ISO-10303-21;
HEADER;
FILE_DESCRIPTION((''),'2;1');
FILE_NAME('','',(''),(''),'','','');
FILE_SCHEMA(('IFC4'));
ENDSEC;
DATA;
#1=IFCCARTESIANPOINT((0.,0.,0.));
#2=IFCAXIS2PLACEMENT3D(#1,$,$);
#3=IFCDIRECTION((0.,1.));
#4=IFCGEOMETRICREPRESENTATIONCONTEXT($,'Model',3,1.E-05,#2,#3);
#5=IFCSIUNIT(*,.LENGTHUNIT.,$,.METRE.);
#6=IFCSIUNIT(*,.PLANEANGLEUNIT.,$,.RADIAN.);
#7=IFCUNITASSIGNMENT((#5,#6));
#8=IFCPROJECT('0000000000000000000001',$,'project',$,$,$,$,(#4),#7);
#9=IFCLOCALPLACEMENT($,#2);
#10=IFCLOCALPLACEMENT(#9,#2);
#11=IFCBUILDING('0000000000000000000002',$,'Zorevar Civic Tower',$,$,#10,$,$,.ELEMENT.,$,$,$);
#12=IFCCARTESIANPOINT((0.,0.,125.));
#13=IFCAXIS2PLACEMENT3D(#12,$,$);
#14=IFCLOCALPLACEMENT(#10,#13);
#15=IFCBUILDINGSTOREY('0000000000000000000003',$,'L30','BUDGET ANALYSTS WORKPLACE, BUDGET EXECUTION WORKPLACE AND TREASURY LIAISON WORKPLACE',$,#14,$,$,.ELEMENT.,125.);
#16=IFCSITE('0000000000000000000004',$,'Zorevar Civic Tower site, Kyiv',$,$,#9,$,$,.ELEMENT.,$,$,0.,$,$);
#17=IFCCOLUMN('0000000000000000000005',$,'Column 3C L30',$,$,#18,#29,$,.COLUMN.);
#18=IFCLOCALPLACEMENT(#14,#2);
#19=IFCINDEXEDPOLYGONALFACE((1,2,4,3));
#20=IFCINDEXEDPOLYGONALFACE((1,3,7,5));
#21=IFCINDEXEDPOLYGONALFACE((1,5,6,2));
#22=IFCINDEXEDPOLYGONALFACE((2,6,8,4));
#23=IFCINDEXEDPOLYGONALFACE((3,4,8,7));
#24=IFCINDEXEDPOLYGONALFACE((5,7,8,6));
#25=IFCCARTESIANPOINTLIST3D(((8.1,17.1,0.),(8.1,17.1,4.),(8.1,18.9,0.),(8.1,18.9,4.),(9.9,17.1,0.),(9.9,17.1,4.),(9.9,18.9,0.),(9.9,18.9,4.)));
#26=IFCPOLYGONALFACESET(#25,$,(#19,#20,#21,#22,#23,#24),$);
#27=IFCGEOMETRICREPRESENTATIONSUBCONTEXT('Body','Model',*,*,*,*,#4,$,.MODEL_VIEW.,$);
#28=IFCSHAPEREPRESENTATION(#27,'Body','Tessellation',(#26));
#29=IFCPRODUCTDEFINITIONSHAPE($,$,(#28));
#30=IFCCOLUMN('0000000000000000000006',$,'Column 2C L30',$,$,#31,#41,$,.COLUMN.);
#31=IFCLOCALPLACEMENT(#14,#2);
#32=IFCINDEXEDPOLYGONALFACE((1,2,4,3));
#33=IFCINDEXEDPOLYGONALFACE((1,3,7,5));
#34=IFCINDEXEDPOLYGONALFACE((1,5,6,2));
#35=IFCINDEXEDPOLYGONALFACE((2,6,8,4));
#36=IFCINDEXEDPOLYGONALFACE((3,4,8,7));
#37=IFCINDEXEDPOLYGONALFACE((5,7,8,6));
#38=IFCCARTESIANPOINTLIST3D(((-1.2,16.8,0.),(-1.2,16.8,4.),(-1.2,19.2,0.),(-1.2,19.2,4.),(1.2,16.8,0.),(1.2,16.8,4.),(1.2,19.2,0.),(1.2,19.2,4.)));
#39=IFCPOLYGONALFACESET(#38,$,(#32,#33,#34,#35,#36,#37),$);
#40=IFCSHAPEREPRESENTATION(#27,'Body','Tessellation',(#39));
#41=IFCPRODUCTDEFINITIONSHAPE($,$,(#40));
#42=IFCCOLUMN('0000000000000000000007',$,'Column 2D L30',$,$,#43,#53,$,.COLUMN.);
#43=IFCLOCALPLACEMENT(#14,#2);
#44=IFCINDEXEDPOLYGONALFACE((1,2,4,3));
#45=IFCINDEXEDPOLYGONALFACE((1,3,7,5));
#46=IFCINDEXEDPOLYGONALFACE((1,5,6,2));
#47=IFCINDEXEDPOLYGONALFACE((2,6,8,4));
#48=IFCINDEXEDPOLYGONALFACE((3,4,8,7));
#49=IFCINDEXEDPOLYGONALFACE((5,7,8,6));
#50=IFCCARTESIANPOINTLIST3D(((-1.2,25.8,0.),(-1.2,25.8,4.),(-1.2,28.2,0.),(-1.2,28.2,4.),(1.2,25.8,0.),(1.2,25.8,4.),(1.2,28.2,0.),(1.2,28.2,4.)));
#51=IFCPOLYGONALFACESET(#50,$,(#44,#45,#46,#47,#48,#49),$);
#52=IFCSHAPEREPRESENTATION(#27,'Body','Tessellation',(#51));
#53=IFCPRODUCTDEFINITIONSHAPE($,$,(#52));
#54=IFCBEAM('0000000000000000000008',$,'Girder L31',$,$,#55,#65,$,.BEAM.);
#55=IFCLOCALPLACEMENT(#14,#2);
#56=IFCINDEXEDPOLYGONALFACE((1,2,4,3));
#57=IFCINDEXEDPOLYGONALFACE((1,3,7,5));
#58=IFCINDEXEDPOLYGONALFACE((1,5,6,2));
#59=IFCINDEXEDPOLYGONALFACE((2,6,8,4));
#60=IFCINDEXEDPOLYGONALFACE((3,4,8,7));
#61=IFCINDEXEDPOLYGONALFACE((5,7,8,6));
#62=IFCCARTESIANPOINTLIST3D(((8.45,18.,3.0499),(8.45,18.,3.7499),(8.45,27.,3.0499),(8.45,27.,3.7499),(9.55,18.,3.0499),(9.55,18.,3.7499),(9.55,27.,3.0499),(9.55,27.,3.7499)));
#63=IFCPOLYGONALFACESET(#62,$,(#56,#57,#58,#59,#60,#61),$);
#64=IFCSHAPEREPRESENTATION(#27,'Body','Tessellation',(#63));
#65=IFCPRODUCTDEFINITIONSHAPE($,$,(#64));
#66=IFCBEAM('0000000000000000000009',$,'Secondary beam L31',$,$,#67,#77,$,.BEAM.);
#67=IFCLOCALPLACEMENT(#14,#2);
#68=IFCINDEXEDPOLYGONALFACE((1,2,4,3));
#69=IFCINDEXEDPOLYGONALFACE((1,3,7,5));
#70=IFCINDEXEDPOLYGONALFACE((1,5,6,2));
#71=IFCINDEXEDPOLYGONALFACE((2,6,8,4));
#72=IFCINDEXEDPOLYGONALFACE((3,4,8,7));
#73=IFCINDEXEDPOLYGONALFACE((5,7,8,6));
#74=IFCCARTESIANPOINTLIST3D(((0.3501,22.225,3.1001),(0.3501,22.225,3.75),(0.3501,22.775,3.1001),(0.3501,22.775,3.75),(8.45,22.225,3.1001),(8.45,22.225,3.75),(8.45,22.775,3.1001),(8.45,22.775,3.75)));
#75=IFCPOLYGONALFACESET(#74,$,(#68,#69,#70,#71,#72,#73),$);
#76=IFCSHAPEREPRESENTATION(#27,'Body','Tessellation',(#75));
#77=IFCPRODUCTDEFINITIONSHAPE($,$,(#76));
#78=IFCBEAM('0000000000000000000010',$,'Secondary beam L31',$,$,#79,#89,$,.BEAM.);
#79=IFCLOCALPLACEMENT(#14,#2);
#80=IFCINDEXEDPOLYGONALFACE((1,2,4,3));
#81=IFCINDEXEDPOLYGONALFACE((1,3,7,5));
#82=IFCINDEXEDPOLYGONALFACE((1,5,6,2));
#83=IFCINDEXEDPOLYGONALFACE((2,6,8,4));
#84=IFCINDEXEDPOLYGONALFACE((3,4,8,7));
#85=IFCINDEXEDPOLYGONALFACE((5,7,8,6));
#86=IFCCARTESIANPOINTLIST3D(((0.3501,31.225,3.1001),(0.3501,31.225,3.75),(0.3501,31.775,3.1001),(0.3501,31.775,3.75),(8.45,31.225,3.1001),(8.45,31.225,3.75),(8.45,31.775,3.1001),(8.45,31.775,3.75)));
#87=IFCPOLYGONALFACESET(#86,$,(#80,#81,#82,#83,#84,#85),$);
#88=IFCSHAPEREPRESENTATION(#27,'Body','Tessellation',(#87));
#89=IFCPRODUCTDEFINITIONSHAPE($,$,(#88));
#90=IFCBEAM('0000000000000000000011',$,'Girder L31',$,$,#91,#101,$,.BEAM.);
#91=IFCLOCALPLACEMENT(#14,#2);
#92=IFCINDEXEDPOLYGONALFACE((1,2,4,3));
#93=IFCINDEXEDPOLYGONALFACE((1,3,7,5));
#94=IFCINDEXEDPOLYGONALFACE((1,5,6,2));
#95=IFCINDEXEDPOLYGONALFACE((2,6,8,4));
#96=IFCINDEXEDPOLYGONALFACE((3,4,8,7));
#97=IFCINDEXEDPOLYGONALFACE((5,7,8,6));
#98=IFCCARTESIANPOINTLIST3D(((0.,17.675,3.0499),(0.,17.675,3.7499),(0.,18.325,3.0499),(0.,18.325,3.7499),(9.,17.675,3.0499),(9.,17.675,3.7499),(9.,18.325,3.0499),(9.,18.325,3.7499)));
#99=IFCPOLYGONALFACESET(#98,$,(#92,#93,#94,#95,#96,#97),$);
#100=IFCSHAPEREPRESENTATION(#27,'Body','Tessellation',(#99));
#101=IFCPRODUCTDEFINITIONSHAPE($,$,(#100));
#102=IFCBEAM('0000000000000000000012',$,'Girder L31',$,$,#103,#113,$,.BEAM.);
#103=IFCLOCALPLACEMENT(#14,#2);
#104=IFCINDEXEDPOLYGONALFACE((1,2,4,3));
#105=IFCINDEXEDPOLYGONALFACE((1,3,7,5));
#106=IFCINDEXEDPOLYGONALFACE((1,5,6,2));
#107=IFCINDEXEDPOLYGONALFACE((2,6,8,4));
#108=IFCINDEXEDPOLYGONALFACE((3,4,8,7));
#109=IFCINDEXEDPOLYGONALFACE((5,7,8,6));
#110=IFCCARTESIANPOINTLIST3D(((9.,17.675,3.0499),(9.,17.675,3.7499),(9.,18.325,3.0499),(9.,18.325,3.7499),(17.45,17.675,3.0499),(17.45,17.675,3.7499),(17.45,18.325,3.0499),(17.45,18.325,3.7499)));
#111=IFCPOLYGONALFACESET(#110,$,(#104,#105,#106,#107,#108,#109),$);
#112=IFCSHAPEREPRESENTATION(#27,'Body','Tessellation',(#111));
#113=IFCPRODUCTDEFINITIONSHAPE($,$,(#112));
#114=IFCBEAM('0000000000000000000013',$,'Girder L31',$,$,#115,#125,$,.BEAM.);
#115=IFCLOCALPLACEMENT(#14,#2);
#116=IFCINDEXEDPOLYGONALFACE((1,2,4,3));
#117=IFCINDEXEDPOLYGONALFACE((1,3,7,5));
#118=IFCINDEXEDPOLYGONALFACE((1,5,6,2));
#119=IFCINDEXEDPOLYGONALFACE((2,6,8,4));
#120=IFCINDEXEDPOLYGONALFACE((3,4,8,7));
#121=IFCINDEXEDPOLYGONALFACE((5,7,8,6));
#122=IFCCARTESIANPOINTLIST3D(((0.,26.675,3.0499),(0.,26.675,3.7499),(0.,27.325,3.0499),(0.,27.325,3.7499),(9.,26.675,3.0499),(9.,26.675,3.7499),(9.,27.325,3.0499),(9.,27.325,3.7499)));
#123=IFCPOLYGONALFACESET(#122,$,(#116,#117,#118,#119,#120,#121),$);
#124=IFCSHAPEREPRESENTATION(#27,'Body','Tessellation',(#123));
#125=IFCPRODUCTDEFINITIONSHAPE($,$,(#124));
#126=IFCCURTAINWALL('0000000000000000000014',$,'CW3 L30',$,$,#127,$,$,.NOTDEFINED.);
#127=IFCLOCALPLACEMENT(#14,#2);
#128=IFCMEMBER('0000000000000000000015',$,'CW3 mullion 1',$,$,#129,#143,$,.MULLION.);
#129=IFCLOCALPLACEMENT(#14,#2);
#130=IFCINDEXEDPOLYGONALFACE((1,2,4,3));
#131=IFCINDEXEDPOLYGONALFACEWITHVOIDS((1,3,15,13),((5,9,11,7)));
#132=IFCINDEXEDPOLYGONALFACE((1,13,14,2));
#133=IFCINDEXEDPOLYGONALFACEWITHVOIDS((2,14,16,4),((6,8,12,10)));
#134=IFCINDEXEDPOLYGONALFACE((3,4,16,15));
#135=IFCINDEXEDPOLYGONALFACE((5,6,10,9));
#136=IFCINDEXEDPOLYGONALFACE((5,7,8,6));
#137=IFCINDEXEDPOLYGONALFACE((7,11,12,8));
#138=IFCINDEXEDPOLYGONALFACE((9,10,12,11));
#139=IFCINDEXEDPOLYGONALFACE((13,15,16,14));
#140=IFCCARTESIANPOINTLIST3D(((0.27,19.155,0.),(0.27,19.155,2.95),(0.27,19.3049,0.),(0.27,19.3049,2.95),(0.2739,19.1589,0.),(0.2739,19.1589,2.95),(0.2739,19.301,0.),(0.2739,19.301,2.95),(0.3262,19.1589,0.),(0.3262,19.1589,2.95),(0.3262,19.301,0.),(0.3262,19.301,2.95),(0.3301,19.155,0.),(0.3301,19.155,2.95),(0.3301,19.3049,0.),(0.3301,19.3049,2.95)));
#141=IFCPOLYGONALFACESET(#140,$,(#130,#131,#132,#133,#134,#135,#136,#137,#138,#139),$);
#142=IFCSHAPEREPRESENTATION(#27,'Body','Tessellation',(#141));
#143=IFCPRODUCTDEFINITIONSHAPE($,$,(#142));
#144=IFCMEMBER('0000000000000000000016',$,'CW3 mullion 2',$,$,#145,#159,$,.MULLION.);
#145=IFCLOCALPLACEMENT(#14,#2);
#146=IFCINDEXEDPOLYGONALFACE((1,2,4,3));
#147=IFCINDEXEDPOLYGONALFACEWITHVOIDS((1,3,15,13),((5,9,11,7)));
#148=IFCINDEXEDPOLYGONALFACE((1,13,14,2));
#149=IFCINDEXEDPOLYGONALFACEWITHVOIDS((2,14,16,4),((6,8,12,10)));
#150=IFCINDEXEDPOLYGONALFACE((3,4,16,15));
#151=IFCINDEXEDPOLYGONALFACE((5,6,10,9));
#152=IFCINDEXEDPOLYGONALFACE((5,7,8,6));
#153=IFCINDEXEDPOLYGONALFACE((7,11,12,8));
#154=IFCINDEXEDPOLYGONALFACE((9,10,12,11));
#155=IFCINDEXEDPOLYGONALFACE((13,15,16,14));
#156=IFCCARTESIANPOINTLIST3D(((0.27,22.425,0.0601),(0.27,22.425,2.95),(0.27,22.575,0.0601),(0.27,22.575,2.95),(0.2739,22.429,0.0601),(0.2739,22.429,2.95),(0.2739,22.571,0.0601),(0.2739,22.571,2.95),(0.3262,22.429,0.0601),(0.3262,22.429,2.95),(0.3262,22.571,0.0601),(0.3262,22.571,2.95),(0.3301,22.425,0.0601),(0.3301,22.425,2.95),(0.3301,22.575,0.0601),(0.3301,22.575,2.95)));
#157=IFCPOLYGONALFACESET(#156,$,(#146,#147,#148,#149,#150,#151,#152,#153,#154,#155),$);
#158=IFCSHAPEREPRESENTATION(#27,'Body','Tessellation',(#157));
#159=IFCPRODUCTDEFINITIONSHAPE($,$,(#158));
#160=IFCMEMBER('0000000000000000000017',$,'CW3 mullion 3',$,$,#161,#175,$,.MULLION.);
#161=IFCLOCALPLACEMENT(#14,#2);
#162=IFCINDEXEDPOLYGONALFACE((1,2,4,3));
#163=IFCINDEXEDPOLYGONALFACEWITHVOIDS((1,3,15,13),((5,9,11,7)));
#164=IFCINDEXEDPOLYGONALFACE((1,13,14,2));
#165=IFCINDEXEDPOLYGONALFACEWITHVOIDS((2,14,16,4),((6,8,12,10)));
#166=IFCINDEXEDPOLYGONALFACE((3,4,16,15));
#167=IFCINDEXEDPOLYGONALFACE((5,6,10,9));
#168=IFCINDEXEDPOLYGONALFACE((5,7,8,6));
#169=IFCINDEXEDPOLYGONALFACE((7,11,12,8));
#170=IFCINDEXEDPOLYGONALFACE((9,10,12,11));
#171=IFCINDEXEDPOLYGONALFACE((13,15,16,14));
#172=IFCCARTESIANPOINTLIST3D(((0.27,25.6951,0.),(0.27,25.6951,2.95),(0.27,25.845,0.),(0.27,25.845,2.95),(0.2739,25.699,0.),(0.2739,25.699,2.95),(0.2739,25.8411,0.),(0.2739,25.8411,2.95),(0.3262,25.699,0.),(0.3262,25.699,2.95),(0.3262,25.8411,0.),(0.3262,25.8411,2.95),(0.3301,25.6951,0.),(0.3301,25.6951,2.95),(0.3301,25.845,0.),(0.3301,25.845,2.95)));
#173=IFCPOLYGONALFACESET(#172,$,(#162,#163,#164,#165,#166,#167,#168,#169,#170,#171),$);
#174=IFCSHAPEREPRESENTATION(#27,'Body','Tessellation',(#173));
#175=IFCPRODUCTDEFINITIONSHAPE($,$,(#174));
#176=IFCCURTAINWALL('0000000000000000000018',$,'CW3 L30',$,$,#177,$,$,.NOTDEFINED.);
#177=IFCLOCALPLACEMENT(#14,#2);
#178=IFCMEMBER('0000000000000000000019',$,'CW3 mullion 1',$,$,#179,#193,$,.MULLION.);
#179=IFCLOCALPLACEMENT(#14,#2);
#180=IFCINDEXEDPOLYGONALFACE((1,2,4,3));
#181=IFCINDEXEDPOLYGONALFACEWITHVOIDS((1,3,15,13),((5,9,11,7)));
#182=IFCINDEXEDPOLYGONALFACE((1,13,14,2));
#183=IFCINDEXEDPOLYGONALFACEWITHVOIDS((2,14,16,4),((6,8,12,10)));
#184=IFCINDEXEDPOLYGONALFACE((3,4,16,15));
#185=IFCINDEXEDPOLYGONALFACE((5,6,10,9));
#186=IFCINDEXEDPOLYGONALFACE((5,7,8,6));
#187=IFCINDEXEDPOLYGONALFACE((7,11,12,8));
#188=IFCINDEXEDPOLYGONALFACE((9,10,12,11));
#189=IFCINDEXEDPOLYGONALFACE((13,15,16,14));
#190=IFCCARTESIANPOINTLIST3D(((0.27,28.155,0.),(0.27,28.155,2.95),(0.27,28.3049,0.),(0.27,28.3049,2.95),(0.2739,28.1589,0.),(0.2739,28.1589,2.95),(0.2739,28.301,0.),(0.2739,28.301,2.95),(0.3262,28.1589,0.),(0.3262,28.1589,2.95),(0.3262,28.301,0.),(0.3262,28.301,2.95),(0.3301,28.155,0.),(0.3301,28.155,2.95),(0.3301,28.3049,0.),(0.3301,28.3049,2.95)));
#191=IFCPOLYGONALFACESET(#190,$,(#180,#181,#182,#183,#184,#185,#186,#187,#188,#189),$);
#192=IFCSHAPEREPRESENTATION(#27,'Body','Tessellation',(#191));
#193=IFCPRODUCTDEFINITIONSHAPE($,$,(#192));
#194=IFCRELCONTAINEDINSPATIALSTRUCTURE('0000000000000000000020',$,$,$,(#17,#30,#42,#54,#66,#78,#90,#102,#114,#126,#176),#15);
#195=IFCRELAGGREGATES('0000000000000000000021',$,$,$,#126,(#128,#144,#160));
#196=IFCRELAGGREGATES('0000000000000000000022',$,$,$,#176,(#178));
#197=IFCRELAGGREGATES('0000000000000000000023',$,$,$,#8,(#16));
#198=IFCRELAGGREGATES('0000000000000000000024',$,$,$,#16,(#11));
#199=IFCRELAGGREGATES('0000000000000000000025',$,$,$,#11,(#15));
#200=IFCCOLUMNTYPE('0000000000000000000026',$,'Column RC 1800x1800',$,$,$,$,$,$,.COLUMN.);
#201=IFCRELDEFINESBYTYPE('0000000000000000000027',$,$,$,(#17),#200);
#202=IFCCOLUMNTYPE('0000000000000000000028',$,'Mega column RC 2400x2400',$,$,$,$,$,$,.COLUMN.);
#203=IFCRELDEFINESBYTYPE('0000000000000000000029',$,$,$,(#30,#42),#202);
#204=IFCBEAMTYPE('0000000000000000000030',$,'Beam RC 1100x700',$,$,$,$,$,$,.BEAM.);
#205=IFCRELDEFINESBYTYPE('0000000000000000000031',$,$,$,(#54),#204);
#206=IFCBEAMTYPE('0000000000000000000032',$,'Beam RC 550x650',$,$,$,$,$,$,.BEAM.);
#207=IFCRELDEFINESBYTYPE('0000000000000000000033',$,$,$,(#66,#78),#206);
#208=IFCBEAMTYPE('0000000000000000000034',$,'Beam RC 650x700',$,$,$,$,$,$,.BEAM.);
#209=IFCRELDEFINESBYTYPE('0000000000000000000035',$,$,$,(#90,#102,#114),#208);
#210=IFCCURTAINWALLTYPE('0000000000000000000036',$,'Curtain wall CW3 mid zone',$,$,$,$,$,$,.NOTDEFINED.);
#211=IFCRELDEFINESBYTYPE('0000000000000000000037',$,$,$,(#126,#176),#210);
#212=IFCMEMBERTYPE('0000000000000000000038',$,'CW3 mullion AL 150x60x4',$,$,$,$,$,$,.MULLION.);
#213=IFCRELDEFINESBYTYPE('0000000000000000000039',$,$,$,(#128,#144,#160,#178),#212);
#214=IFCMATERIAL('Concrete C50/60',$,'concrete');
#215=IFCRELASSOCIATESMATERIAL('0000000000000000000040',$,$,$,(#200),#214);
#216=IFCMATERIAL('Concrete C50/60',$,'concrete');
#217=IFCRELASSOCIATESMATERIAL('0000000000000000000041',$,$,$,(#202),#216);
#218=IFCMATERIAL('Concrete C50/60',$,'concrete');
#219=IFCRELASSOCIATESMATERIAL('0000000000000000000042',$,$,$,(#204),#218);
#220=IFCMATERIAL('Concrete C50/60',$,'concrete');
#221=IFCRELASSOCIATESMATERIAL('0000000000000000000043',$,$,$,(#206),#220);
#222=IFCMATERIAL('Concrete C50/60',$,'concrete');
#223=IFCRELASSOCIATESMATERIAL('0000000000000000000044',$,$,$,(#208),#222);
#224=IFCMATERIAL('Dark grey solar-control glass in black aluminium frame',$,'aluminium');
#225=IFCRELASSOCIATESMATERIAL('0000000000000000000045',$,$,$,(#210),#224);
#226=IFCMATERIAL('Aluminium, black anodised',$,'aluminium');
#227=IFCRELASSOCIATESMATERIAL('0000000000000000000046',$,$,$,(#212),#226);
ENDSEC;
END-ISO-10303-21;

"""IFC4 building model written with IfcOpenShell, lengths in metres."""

from ifc_helpers import new_model, si_unit, direction, frame, origin, origin_2d, place, context, subcontext, project, spatial, rectangle, hollow_rectangle, extrude, material, material_profile, profile_set, type_object, element, aggregate, save


model = new_model("IFC4")

# Units and contexts
model_context = context("Model", 3, precision=1e-05, world=origin(), true_north=direction((0.0, 1.0)))
body_context = subcontext(model_context, "Body", "Model", "MODEL_VIEW")
ifc_project = project(units=[si_unit("LENGTHUNIT", "METRE"), si_unit("PLANEANGLEUNIT", "RADIAN")], contexts=[model_context])

# Site, building, storey
site_placement = place(None, origin())
site = spatial("IfcSite", under=ifc_project, at=site_placement, Name="Zorevar Civic Tower site, Kyiv", CompositionType="ELEMENT", RefElevation=0.0)
building_placement = place(site_placement, origin())
building = spatial("IfcBuilding", under=site, at=building_placement, Name="Zorevar Civic Tower", CompositionType="ELEMENT")
storey_placement = place(building_placement, frame((0.0, 0.0, 125.0)))
storey = spatial("IfcBuildingStorey", under=building, at=storey_placement, Name="L30", Description="BUDGET ANALYSTS WORKPLACE, BUDGET EXECUTION WORKPLACE AND TREASURY LIAISON WORKPLACE", CompositionType="ELEMENT", Elevation=125.0)

# Columns
ifc_material_1 = material(Name="Concrete C50/60", Category="concrete")
ifc_material_profile_1 = material_profile(ifc_material_1, rectangle(XDim=1.8, YDim=1.8, at=origin_2d()), Name="RC 1800x1800")
ifc_profile_set_1 = profile_set([ifc_material_profile_1], Name="Concrete C50/60")
column_type_1 = type_object("IfcColumnType", Name="Column RC 1800x1800", PredefinedType="COLUMN", material=ifc_profile_set_1)
column_placement = place(storey_placement, frame((9.0, 18.0, 0.0), z_axis=(0.0, 0.0, 1.0), x_axis=(1.0, 0.0, 0.0)))
element("IfcColumn", 1, at=column_placement, inside=storey, type_object=column_type_1, Name="Column 3C L30", PredefinedType="COLUMN", context=body_context, shape_type="SweptSolid", body=[
    extrude(rectangle(XDim=1.8, YDim=1.8, at=origin_2d()), origin(), (0.0, 0.0, 1.0), 4.0),
])
ifc_material_2 = material(Name="Concrete C50/60", Category="concrete")
ifc_material_profile_2 = material_profile(ifc_material_2, rectangle(XDim=2.3999, YDim=2.3999, at=origin_2d()), Name="RC 2400x2400")
ifc_profile_set_2 = profile_set([ifc_material_profile_2], Name="Concrete C50/60")
column_type_2 = type_object("IfcColumnType", Name="Mega column RC 2400x2400", PredefinedType="COLUMN", material=ifc_profile_set_2)
for number, where, z_axis, x_axis, name in (
    (2, (0.0, 18.0, 0.0), (0.0, 0.0, 1.0), (1.0, 0.0, 0.0), "Column 2C L30"),
    (3, (0.0, 27.0, 0.0), (0.0, 0.0, 1.0), (1.0, 0.0, 0.0), "Column 2D L30"),
):
    element("IfcColumn", number, at=place(storey_placement, frame(where, z_axis=z_axis, x_axis=x_axis)), inside=storey, type_object=column_type_2, Name=name, PredefinedType="COLUMN", context=body_context, shape_type="SweptSolid", body=[
        extrude(rectangle(XDim=2.3999, YDim=2.3999, at=origin_2d()), origin(), (0.0, 0.0, 1.0), 4.0),
    ])

# Beams
ifc_material_3 = material(Name="Concrete C50/60", Category="concrete")
ifc_material_profile_3 = material_profile(ifc_material_3, rectangle(XDim=1.1001, YDim=0.7, at=origin_2d()), Name="RC 1100x700")
ifc_profile_set_3 = profile_set([ifc_material_profile_3], Name="Concrete C50/60")
beam_type_1 = type_object("IfcBeamType", Name="Beam RC 1100x700", PredefinedType="BEAM", material=ifc_profile_set_3)
beam_1_placement = place(storey_placement, frame((9.0, 18.0, 3.3999), z_axis=(0.0, 1.0, 0.0), x_axis=(-1.0, 0.0, 0.0)))
element("IfcBeam", 4, at=beam_1_placement, inside=storey, type_object=beam_type_1, Name="Girder L31", PredefinedType="BEAM", context=body_context, shape_type="SweptSolid", body=[
    extrude(rectangle(XDim=1.1001, YDim=0.7, at=origin_2d()), origin(), (0.0, 0.0, 1.0), 9.0),
])
ifc_material_4 = material(Name="Concrete C50/60", Category="concrete")
ifc_material_profile_4 = material_profile(ifc_material_4, rectangle(XDim=0.55, YDim=0.6499, at=origin_2d()), Name="RC 550x650")
ifc_profile_set_4 = profile_set([ifc_material_profile_4], Name="Concrete C50/60")
beam_type_2 = type_object("IfcBeamType", Name="Beam RC 550x650", PredefinedType="BEAM", material=ifc_profile_set_4)
for number, where, z_axis, x_axis, name in (
    (5, (0.3501, 22.5, 3.425), (1.0, 0.0, 0.0), (0.0, 1.0, 0.0), "Secondary beam L31"),
    (6, (0.3501, 31.5, 3.425), (1.0, 0.0, 0.0), (0.0, 1.0, 0.0), "Secondary beam L31"),
):
    element("IfcBeam", number, at=place(storey_placement, frame(where, z_axis=z_axis, x_axis=x_axis)), inside=storey, type_object=beam_type_2, Name=name, PredefinedType="BEAM", context=body_context, shape_type="SweptSolid", body=[
        extrude(rectangle(XDim=0.55, YDim=0.6499, at=origin_2d()), origin(), (0.0, 0.0, 1.0), 8.0999),
    ])
ifc_material_5 = material(Name="Concrete C50/60", Category="concrete")
ifc_material_profile_5 = material_profile(ifc_material_5, rectangle(XDim=0.6499, YDim=0.7, at=origin_2d()), Name="RC 650x700")
ifc_profile_set_5 = profile_set([ifc_material_profile_5], Name="Concrete C50/60")
beam_type_3 = type_object("IfcBeamType", Name="Beam RC 650x700", PredefinedType="BEAM", material=ifc_profile_set_5)
beam_2_placement = place(storey_placement, frame((0.0, 18.0, 3.3999), z_axis=(1.0, 0.0, 0.0), x_axis=(0.0, 1.0, 0.0)))
element("IfcBeam", 7, at=beam_2_placement, inside=storey, type_object=beam_type_3, Name="Girder L31", PredefinedType="BEAM", context=body_context, shape_type="SweptSolid", body=[
    extrude(rectangle(XDim=0.6499, YDim=0.7, at=origin_2d()), origin(), (0.0, 0.0, 1.0), 9.0),
])
beam_3_placement = place(storey_placement, frame((9.0, 18.0, 3.3999), z_axis=(1.0, 0.0, 0.0), x_axis=(0.0, 1.0, 0.0)))
element("IfcBeam", 8, at=beam_3_placement, inside=storey, type_object=beam_type_3, Name="Girder L31", PredefinedType="BEAM", context=body_context, shape_type="SweptSolid", body=[
    extrude(rectangle(XDim=0.6499, YDim=0.7, at=origin_2d()), origin(), (0.0, 0.0, 1.0), 8.45),
])
beam_4_placement = place(storey_placement, frame((0.0, 27.0, 3.3999), z_axis=(1.0, 0.0, 0.0), x_axis=(0.0, 1.0, 0.0)))
element("IfcBeam", 9, at=beam_4_placement, inside=storey, type_object=beam_type_3, Name="Girder L31", PredefinedType="BEAM", context=body_context, shape_type="SweptSolid", body=[
    extrude(rectangle(XDim=0.6499, YDim=0.7, at=origin_2d()), origin(), (0.0, 0.0, 1.0), 9.0),
])

# Curtain walls, members
ifc_material_6 = material(Name="Dark grey solar-control glass in black aluminium frame", Category="aluminium")
curtain_wall_type = type_object("IfcCurtainWallType", Name="Curtain wall CW3 mid zone", PredefinedType="NOTDEFINED", material=ifc_material_6)
curtain_wall_1_placement = place(storey_placement, origin())
curtain_wall_1 = element("IfcCurtainWall", 10, at=curtain_wall_1_placement, inside=storey, type_object=curtain_wall_type, Name="CW3 L30", PredefinedType="NOTDEFINED")
ifc_material_7 = material(Name="Aluminium, black anodised", Category="aluminium")
ifc_material_profile_6 = material_profile(ifc_material_7, hollow_rectangle(XDim=0.0601, YDim=0.1499, WallThickness=0.0039, at=origin_2d()), Name="AL 150x60x4")
ifc_profile_set_6 = profile_set([ifc_material_profile_6], Name="Aluminium, black anodised")
member_type_1 = type_object("IfcMemberType", Name="CW3 mullion AL 150x60x4", PredefinedType="MULLION", material=ifc_profile_set_6)
member_1_placement = place(storey_placement, frame((0.3, 19.23, 0.0), z_axis=(0.0, 0.0, 1.0), x_axis=(-1.0, 0.0, 0.0)))
member_1 = element("IfcMember", 11, at=member_1_placement, type_object=member_type_1, Name="CW3 mullion 1", PredefinedType="MULLION", context=body_context, shape_type="SweptSolid", body=[
    extrude(hollow_rectangle(XDim=0.0601, YDim=0.1499, WallThickness=0.0039, at=origin_2d()), origin(), (0.0, 0.0, 1.0), 2.95),
])
member_2_placement = place(storey_placement, frame((0.3, 22.5, 0.0601), z_axis=(0.0, 0.0, 1.0), x_axis=(-1.0, 0.0, 0.0)))
member_2 = element("IfcMember", 12, at=member_2_placement, type_object=member_type_1, Name="CW3 mullion 2", PredefinedType="MULLION", context=body_context, shape_type="SweptSolid", body=[
    extrude(hollow_rectangle(XDim=0.0601, YDim=0.1499, WallThickness=0.0039, at=origin_2d()), origin(), (0.0, 0.0, 1.0), 2.8899),
])
member_3_placement = place(storey_placement, frame((0.3, 25.77, 0.0), z_axis=(0.0, 0.0, 1.0), x_axis=(-1.0, 0.0, 0.0)))
member_3 = element("IfcMember", 13, at=member_3_placement, type_object=member_type_1, Name="CW3 mullion 3", PredefinedType="MULLION", context=body_context, shape_type="SweptSolid", body=[
    extrude(hollow_rectangle(XDim=0.0601, YDim=0.1499, WallThickness=0.0039, at=origin_2d()), origin(), (0.0, 0.0, 1.0), 2.95),
])
curtain_wall_2_placement = place(storey_placement, origin())
curtain_wall_2 = element("IfcCurtainWall", 14, at=curtain_wall_2_placement, inside=storey, type_object=curtain_wall_type, Name="CW3 L30", PredefinedType="NOTDEFINED")
member_4_placement = place(storey_placement, frame((0.3, 28.23, 0.0), z_axis=(0.0, 0.0, 1.0), x_axis=(-1.0, 0.0, 0.0)))
member_4 = element("IfcMember", 15, at=member_4_placement, type_object=member_type_1, Name="CW3 mullion 1", PredefinedType="MULLION", context=body_context, shape_type="SweptSolid", body=[
    extrude(hollow_rectangle(XDim=0.0601, YDim=0.1499, WallThickness=0.0039, at=origin_2d()), origin(), (0.0, 0.0, 1.0), 2.95),
])

aggregate(curtain_wall_1, [member_1, member_2, member_3])
aggregate(curtain_wall_2, [member_4])

save(model, "model.ifc")
